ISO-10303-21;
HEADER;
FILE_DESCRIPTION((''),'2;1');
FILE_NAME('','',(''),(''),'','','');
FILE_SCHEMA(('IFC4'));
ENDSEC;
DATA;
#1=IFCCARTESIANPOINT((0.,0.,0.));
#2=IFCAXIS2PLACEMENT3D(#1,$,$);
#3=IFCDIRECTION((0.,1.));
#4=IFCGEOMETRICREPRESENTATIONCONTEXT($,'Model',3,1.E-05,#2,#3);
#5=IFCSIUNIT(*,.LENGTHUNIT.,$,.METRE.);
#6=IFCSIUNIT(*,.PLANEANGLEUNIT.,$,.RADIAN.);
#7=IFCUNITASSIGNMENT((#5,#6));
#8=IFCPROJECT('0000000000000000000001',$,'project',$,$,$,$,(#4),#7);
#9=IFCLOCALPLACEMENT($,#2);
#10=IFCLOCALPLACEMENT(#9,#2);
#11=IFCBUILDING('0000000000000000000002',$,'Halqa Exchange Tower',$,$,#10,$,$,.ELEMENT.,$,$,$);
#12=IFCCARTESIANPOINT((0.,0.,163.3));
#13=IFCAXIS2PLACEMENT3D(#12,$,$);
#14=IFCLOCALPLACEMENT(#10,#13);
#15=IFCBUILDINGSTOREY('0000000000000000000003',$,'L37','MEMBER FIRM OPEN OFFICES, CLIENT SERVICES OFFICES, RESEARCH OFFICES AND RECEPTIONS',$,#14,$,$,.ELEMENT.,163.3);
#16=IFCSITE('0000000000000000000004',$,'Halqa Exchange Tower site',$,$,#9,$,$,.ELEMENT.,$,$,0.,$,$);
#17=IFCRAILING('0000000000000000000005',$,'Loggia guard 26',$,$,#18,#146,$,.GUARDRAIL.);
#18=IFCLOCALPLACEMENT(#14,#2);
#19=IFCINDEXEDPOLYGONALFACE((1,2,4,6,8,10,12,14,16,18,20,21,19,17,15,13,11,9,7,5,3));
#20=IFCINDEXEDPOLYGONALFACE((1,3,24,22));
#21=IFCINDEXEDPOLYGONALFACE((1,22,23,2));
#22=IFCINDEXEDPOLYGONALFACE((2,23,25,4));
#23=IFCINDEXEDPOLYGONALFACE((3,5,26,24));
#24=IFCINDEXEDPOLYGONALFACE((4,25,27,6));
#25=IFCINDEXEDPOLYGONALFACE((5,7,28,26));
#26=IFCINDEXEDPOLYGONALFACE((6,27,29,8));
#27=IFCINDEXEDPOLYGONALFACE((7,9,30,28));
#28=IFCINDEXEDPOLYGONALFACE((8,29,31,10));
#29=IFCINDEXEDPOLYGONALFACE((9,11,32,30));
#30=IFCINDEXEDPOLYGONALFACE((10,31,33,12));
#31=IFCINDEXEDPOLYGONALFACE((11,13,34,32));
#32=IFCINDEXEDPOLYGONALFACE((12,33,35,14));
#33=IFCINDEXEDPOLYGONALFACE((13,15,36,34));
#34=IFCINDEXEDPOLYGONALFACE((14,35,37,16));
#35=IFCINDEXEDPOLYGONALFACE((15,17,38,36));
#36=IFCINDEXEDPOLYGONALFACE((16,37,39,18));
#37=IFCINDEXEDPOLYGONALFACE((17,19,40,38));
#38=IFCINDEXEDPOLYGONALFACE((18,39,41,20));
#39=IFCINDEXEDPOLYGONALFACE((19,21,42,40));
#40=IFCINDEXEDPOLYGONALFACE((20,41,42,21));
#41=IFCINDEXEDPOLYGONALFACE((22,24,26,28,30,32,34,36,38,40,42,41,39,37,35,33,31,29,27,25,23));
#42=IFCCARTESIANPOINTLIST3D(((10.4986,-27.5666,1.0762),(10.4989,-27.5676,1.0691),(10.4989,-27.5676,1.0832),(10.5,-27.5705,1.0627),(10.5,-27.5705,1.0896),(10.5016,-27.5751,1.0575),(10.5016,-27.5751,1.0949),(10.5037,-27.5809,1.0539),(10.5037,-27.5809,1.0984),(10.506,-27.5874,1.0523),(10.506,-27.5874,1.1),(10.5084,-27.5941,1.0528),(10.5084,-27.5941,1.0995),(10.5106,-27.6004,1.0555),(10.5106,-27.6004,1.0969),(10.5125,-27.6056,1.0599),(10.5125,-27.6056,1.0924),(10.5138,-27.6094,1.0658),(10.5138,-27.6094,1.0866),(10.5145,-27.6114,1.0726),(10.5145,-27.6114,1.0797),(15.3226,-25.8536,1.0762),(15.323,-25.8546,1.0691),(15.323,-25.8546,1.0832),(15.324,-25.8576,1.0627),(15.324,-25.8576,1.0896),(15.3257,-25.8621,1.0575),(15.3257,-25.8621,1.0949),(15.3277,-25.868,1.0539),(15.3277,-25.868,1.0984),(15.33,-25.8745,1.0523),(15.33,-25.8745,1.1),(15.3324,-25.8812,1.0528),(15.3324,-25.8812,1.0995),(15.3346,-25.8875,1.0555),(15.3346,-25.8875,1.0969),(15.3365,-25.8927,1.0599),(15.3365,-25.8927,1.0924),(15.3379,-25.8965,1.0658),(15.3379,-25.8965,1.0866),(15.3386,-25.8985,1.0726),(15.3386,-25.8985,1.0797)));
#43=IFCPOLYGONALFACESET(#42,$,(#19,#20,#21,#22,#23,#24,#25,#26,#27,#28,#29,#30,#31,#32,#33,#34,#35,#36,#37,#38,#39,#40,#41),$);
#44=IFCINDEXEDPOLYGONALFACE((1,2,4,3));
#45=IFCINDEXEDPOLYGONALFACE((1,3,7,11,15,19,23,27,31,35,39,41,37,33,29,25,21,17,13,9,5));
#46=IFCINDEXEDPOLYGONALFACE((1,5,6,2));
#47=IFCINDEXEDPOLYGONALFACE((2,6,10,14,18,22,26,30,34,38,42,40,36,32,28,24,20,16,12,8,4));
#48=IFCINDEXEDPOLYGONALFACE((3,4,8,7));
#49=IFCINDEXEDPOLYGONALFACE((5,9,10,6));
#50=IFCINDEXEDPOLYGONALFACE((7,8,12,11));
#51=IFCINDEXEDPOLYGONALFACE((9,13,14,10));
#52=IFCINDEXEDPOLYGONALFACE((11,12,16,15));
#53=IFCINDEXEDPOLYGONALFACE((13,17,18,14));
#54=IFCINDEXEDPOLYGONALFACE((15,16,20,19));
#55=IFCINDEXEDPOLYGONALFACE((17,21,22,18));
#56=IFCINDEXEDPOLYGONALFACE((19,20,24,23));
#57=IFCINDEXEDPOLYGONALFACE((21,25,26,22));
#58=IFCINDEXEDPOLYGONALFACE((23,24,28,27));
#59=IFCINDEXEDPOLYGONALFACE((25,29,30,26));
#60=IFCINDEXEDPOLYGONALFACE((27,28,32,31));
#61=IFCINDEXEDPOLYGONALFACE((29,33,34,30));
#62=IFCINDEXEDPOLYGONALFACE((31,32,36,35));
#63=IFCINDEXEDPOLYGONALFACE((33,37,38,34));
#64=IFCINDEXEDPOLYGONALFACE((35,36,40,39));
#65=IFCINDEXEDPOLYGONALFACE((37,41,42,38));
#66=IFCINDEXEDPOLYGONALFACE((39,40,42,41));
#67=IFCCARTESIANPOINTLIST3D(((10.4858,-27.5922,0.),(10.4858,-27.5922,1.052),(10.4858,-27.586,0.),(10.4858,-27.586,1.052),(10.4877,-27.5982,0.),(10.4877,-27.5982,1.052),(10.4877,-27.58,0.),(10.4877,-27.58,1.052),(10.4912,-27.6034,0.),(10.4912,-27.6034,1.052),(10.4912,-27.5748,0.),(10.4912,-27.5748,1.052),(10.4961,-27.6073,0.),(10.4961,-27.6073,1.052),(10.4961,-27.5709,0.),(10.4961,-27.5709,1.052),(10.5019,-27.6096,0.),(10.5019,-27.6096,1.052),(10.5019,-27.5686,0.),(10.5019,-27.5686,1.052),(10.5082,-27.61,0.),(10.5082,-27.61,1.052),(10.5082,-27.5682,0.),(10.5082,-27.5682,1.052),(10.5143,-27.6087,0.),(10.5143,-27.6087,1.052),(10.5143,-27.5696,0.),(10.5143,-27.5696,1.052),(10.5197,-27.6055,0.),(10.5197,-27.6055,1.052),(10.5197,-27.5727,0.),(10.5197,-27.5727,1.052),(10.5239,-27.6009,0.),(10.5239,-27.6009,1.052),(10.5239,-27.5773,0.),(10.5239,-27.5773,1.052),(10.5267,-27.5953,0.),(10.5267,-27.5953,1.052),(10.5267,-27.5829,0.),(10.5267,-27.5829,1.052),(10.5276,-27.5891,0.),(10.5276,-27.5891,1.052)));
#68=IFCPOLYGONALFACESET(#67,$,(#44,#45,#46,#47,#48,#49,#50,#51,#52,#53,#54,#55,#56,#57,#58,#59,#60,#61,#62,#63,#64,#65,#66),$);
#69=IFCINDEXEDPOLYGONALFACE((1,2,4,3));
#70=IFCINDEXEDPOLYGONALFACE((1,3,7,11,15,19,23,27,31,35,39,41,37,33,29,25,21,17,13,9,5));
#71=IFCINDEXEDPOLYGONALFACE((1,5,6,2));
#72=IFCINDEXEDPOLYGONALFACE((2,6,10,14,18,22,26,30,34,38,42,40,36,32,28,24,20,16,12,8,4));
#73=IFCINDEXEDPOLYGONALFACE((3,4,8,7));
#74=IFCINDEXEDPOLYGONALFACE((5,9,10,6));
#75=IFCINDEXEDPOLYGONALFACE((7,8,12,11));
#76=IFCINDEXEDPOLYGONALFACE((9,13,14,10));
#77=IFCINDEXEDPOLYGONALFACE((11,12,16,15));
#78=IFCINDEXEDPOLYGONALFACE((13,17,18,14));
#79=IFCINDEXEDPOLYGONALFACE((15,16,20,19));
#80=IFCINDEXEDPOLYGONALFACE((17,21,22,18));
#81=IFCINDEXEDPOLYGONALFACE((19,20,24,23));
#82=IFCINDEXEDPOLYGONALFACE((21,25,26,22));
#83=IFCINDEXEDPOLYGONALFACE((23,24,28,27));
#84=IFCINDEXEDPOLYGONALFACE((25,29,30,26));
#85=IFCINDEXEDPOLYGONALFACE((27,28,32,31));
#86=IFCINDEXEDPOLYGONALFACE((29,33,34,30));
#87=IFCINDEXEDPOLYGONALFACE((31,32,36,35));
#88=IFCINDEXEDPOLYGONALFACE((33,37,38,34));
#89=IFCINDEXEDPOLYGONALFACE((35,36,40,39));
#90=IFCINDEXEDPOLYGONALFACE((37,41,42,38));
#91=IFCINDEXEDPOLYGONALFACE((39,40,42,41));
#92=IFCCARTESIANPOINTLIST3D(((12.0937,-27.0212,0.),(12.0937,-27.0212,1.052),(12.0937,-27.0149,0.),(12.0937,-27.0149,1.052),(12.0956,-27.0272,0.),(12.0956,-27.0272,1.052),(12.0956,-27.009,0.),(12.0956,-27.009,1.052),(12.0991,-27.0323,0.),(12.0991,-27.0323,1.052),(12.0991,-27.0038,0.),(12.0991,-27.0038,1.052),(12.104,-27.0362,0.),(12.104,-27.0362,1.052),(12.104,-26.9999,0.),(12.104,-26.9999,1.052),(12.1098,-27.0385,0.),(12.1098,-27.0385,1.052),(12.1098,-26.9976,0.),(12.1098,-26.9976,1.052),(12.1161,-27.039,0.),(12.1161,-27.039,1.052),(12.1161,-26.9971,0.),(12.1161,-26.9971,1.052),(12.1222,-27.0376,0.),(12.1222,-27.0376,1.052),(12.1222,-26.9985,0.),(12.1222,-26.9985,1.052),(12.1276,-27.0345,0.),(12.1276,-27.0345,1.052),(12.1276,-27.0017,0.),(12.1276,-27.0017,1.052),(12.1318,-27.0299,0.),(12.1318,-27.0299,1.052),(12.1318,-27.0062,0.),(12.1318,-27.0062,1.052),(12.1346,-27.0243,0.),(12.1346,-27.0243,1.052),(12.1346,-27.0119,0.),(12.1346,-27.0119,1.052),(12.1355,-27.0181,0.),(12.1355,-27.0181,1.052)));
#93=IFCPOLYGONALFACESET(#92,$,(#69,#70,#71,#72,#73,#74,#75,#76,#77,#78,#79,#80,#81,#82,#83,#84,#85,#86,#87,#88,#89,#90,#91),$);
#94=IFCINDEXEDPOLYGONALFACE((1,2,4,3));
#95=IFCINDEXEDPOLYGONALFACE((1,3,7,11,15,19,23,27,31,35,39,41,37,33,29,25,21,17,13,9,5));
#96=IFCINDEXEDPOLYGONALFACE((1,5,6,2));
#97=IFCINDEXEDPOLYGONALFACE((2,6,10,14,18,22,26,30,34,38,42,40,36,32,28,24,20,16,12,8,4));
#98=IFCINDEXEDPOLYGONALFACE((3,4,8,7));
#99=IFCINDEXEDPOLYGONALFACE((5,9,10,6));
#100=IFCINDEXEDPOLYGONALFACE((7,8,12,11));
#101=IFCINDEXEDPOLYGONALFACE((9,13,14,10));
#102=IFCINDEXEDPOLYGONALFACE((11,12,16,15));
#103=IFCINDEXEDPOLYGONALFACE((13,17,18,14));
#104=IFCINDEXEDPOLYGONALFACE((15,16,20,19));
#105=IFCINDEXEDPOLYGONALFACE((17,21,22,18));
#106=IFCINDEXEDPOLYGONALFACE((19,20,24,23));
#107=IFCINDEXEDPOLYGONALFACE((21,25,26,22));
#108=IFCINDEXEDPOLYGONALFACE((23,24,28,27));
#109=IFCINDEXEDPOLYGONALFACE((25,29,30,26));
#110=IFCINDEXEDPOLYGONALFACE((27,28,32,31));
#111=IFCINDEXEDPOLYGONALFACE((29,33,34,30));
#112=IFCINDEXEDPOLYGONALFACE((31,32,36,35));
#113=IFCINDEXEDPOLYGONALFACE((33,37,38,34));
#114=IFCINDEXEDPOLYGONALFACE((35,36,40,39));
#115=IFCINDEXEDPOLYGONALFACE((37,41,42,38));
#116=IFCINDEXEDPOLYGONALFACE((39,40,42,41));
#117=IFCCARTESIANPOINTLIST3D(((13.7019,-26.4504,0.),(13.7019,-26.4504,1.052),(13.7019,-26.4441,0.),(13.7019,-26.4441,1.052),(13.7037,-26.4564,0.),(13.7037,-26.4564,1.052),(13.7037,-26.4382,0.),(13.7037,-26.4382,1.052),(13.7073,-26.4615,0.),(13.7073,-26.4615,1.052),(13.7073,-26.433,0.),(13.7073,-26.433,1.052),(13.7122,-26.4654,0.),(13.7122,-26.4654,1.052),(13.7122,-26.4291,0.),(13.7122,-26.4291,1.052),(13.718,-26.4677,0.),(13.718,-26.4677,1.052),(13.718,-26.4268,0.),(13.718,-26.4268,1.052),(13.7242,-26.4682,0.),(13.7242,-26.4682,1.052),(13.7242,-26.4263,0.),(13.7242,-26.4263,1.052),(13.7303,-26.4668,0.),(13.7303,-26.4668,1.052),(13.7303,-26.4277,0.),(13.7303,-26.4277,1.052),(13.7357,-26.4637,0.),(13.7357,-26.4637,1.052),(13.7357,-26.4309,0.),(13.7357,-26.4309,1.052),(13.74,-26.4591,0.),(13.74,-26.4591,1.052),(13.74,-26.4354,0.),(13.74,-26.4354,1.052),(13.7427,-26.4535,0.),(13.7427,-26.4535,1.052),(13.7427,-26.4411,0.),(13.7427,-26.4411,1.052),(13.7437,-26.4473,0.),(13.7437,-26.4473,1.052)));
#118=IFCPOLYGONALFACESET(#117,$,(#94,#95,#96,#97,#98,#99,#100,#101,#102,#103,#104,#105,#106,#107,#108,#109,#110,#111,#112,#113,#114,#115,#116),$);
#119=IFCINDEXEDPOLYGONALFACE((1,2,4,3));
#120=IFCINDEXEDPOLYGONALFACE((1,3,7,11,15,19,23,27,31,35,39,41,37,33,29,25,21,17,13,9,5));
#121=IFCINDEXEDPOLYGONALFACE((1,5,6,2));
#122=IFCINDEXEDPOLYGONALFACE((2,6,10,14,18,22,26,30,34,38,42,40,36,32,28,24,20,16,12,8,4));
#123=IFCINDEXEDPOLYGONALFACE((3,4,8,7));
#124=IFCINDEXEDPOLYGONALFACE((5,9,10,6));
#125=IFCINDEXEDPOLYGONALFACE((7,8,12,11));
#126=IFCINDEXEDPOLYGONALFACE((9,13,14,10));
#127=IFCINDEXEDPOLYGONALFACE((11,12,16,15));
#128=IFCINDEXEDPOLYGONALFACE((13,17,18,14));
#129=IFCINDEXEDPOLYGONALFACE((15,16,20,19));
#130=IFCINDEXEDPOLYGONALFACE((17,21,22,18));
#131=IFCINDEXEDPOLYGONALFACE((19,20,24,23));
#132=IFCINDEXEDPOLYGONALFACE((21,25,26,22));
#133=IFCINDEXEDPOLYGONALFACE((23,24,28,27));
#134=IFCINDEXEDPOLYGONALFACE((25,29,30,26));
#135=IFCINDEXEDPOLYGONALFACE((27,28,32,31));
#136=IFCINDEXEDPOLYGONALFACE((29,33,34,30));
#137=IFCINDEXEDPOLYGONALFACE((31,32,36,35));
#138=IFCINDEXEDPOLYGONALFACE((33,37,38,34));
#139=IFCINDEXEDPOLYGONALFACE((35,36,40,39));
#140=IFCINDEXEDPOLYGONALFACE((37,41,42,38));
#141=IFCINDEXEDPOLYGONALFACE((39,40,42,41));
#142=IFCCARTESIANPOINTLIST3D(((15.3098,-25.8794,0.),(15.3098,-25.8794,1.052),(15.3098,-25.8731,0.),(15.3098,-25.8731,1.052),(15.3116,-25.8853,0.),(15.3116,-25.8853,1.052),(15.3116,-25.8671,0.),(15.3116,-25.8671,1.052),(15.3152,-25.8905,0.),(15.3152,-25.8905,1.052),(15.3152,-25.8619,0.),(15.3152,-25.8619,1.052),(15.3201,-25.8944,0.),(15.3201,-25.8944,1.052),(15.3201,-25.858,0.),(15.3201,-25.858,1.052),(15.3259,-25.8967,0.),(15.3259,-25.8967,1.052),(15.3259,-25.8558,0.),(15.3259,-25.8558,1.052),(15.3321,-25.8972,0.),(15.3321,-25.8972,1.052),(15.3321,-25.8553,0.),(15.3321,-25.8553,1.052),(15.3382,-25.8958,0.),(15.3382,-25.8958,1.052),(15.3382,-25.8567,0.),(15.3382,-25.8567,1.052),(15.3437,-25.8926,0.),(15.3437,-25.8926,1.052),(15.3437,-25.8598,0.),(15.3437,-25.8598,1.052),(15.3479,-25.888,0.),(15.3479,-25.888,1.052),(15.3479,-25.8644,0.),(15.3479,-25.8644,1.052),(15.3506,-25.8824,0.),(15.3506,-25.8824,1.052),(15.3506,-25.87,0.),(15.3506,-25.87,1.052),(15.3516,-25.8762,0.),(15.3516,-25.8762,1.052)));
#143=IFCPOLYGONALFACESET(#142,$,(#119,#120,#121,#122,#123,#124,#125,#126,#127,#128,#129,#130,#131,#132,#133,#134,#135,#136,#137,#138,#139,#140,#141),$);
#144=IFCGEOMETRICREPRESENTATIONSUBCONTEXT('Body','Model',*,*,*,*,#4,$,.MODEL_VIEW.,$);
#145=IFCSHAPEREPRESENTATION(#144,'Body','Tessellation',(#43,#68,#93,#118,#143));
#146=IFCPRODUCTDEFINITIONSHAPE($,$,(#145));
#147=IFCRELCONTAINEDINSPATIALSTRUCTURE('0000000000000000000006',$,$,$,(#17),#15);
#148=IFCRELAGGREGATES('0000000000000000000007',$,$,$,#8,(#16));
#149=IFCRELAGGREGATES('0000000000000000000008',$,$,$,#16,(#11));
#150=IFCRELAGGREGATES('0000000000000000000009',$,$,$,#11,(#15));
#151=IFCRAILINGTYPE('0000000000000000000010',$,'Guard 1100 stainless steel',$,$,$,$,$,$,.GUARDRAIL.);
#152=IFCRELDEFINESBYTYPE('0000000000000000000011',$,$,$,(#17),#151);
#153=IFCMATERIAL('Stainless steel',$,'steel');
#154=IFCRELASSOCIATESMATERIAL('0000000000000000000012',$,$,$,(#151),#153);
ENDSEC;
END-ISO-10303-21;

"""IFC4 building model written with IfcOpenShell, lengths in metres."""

from ifc_helpers import new_model, si_unit, direction, frame, origin, origin_2d, place, context, subcontext, project, spatial, circle, extrude, material, type_object, element, save


model = new_model("IFC4")

# Units and contexts
model_context = context("Model", 3, precision=1e-05, world=origin(), true_north=direction((0.0, 1.0)))
body_context = subcontext(model_context, "Body", "Model", "MODEL_VIEW")
ifc_project = project(units=[si_unit("LENGTHUNIT", "METRE"), si_unit("PLANEANGLEUNIT", "RADIAN")], contexts=[model_context])

# Site, building, storey
site_placement = place(None, origin())
site = spatial("IfcSite", under=ifc_project, at=site_placement, Name="Halqa Exchange Tower site", CompositionType="ELEMENT", RefElevation=0.0)
building_placement = place(site_placement, origin())
building = spatial("IfcBuilding", under=site, at=building_placement, Name="Halqa Exchange Tower", CompositionType="ELEMENT")
storey_placement = place(building_placement, frame((0.0, 0.0, 163.3)))
storey = spatial("IfcBuildingStorey", under=building, at=storey_placement, Name="L37", Description="MEMBER FIRM OPEN OFFICES, CLIENT SERVICES OFFICES, RESEARCH OFFICES AND RECEPTIONS", CompositionType="ELEMENT", Elevation=163.3)

# Railing
ifc_material_1 = material(Name="Stainless steel", Category="steel")
railing_type_1 = type_object("IfcRailingType", Name="Guard 1100 stainless steel", PredefinedType="GUARDRAIL", material=ifc_material_1)
railing_1_placement = place(storey_placement, frame((10.5066, -27.5891, 0.0)))
element("IfcRailing", 1, at=railing_1_placement, inside=storey, type_object=railing_type_1, Name="Loggia guard 26", PredefinedType="GUARDRAIL", context=body_context, shape_type="SweptSolid", body=[
    extrude(circle(Radius=0.0239, at=origin_2d()), frame((0.0, 0.0, 1.0762), z_axis=(0.942356, 0.334611, 0.0), x_axis=(-0.334611, 0.942356, 0.0)), (0.0, 0.0, 1.0), 5.1191),
    extrude(circle(Radius=0.021, at=origin_2d()), origin(), (0.0, 0.0, 1.0), 1.052),
    extrude(circle(Radius=0.021, at=origin_2d()), frame((1.6079, 0.571, 0.0)), (0.0, 0.0, 1.0), 1.052),
    extrude(circle(Radius=0.021, at=origin_2d()), frame((3.2161, 1.1418, 0.0)), (0.0, 0.0, 1.0), 1.052),
    extrude(circle(Radius=0.021, at=origin_2d()), frame((4.824, 1.7129, 0.0)), (0.0, 0.0, 1.0), 1.052),
])

save(model, "model.ifc")
